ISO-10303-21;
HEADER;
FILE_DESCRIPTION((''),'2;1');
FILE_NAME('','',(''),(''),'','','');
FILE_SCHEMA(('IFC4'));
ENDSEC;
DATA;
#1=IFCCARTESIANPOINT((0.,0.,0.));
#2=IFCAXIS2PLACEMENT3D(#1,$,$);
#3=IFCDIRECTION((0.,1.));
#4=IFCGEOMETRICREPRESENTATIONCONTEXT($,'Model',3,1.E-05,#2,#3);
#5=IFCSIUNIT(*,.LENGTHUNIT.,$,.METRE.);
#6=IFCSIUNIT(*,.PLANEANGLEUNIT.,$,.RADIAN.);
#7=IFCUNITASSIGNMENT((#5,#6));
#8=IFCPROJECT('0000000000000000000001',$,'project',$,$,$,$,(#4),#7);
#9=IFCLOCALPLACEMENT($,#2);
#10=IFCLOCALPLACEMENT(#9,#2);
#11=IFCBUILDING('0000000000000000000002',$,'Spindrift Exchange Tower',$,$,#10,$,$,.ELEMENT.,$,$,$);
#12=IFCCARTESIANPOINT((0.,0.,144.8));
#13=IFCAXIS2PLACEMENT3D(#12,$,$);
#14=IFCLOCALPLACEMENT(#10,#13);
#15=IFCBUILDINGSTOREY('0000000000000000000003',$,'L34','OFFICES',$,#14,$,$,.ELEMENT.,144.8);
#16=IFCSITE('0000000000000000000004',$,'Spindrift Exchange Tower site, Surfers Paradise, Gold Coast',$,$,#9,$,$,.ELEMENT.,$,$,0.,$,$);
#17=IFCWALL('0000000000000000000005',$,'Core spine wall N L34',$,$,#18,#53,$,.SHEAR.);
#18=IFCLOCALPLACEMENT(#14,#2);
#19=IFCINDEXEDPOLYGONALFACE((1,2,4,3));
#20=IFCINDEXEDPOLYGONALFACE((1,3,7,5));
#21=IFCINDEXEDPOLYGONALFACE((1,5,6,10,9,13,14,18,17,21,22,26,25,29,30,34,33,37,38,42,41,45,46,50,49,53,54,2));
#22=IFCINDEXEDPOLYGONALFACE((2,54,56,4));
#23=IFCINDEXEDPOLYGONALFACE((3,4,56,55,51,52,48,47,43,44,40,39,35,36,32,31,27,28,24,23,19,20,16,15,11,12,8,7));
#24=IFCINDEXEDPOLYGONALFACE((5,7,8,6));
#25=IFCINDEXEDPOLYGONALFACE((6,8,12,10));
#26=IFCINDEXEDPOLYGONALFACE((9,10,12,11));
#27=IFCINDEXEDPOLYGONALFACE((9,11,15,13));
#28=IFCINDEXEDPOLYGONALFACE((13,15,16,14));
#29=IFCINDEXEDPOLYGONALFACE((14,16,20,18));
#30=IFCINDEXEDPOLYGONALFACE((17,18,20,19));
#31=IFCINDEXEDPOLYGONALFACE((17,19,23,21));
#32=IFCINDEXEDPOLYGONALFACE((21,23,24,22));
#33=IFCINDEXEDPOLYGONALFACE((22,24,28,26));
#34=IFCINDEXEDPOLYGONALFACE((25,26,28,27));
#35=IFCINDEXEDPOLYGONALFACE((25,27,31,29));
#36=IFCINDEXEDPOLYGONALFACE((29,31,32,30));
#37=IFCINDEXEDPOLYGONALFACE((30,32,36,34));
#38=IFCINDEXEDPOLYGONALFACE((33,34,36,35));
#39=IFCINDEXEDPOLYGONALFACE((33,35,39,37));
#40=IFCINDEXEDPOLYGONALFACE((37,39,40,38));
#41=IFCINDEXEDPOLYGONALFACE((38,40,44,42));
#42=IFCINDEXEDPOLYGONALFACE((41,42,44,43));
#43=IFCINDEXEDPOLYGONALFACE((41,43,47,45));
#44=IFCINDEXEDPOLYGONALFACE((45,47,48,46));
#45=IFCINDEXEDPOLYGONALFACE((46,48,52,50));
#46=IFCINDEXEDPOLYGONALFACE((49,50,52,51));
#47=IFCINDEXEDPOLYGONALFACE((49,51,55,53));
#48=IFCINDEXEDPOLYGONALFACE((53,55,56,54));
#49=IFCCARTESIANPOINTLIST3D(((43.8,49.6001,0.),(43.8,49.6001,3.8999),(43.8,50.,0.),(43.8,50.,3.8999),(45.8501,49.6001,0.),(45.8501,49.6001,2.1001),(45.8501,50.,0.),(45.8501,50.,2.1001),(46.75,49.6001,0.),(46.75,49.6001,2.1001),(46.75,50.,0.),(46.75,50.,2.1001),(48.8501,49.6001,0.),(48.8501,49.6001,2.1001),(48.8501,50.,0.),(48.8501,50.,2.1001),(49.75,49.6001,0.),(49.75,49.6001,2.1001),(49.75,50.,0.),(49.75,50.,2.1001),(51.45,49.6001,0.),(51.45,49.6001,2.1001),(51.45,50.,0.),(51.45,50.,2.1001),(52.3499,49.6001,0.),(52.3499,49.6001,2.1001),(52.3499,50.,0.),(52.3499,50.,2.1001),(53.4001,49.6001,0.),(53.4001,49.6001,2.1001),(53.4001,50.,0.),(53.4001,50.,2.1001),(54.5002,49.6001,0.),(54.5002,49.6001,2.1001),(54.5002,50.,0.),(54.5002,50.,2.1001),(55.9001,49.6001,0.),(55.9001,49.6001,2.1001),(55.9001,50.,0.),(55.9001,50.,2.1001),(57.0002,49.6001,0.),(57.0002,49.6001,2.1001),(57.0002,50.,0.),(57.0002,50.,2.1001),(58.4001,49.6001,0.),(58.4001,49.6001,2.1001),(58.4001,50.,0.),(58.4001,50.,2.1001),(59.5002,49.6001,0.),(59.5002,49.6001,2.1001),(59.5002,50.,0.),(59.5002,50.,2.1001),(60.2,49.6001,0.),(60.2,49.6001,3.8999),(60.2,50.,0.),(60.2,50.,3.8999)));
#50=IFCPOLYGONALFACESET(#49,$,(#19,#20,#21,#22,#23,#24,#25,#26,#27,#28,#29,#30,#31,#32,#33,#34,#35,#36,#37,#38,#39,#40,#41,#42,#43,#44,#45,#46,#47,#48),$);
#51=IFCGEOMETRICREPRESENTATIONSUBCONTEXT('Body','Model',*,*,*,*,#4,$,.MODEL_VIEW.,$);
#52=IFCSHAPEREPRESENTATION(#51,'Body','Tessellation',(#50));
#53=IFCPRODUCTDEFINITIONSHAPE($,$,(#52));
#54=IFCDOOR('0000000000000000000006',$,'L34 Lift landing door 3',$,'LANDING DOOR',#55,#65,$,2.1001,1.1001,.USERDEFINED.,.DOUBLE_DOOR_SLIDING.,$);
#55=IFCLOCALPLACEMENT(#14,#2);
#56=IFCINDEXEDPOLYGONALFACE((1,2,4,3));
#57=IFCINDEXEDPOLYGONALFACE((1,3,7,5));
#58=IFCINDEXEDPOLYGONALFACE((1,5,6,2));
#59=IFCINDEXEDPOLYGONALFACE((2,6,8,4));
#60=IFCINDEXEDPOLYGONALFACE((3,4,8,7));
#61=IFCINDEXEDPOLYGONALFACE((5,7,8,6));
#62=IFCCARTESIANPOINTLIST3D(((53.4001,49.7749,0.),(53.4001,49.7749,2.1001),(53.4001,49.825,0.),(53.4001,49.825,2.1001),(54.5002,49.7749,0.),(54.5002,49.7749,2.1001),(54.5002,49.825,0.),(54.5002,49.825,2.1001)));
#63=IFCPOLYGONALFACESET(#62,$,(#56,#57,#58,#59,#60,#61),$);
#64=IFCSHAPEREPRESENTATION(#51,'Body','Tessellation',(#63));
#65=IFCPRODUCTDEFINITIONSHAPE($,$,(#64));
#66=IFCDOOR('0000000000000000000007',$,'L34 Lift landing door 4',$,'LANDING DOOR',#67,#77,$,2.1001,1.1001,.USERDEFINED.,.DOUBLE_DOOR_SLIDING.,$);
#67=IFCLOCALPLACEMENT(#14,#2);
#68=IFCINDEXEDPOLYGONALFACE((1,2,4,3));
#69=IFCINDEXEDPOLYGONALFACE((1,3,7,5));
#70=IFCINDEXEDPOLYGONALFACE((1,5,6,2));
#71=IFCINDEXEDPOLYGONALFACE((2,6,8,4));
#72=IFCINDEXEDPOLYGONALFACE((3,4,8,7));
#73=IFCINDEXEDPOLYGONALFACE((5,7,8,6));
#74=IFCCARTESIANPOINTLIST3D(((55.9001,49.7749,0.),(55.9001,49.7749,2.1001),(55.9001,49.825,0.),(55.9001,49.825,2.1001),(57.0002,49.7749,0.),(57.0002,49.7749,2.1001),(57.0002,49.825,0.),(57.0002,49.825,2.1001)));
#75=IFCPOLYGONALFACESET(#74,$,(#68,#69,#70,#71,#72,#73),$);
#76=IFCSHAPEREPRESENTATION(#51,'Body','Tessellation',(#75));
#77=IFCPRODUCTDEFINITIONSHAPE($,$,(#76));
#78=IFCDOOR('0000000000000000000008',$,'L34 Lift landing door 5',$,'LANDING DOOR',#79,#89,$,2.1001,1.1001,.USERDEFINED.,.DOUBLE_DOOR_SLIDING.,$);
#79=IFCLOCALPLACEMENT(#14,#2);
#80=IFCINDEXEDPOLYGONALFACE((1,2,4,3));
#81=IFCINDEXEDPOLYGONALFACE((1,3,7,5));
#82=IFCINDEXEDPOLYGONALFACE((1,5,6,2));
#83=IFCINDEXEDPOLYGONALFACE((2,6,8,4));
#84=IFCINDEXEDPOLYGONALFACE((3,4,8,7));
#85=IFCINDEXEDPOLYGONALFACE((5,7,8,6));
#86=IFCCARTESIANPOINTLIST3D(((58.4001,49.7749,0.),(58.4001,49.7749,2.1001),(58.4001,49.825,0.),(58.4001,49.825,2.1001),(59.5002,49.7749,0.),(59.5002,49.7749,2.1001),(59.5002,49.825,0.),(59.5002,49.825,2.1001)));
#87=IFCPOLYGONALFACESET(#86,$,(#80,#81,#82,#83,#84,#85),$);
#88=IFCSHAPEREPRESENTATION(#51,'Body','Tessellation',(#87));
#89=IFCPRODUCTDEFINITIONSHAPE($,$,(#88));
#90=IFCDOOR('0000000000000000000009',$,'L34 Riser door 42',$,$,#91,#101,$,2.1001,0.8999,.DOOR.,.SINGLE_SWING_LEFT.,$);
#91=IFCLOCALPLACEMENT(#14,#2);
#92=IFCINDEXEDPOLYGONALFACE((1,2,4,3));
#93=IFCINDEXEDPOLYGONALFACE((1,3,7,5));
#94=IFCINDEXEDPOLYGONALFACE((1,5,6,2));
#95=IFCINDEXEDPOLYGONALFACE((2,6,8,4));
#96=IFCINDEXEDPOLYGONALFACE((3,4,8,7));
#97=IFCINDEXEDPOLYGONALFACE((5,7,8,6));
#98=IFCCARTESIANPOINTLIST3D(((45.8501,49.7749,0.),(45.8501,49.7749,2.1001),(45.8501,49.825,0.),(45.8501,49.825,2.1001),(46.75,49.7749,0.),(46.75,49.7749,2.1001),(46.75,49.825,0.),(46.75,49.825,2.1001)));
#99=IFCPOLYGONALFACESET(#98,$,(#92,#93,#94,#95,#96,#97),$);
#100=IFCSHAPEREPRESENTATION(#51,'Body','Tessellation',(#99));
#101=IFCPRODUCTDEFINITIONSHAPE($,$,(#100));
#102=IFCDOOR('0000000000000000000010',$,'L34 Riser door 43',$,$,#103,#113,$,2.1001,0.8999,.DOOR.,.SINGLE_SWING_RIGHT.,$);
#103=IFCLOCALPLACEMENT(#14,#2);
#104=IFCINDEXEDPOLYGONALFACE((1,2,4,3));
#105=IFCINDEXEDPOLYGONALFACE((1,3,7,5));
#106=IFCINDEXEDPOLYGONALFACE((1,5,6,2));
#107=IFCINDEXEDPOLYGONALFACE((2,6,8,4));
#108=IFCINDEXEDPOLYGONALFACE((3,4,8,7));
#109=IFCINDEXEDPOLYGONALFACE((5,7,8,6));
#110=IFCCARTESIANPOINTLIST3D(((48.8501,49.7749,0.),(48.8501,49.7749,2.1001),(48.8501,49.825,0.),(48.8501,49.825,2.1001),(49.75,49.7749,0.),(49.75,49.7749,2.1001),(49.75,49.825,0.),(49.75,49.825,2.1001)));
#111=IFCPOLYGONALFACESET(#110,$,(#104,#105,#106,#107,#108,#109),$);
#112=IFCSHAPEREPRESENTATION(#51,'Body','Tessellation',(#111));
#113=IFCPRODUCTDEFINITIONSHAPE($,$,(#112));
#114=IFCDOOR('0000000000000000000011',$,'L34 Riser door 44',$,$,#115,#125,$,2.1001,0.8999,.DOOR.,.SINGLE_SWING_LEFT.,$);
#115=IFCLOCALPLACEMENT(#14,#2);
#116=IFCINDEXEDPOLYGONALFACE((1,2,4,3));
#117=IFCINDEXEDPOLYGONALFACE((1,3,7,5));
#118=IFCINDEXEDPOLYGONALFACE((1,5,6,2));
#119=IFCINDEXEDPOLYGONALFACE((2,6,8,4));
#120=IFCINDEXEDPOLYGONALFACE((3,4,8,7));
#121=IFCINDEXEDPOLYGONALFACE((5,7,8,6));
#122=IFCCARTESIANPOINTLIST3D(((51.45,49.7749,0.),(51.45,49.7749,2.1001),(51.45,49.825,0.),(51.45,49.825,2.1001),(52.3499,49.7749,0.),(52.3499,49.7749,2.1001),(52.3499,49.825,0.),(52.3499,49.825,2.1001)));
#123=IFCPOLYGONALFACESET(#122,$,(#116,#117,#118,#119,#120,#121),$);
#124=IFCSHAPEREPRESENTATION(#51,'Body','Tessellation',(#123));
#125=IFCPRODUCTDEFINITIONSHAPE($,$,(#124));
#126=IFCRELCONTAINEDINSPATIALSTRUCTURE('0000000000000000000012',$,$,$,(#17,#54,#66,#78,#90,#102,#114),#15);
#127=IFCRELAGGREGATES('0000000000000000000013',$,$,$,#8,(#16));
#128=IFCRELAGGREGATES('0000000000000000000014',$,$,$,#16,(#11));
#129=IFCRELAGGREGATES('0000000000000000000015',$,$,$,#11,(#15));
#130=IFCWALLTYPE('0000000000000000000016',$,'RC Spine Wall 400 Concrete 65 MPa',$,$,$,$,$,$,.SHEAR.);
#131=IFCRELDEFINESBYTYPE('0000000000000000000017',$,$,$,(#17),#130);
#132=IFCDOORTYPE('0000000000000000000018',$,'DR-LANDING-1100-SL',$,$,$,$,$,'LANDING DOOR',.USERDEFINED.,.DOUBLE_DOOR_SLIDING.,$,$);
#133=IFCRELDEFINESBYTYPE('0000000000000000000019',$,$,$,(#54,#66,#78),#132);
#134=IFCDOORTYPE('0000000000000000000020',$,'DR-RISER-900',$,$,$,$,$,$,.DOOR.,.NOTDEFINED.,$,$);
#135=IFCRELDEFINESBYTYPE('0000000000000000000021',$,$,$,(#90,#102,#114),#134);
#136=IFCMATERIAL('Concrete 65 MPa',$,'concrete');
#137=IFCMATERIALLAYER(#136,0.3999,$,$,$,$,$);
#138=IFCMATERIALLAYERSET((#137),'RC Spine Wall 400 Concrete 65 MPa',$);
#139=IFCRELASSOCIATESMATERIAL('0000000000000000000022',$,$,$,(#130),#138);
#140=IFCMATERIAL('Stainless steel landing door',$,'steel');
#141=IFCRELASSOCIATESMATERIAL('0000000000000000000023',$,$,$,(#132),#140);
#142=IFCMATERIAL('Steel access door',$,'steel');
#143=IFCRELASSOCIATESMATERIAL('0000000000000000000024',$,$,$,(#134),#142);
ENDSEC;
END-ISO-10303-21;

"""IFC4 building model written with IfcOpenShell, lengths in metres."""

from ifc_helpers import new_model, si_unit, direction, frame, frame_2d, origin, place, context, subcontext, project, spatial, rectangle, extrude, source, transform, mapped, material, layer, layer_set, type_object, element, fill, save


model = new_model("IFC4")

# Units and contexts
model_context = context("Model", 3, precision=1e-05, world=origin(), true_north=direction((0.0, 1.0)))
body_context = subcontext(model_context, "Body", "Model", "MODEL_VIEW")
ifc_project = project(units=[si_unit("LENGTHUNIT", "METRE"), si_unit("PLANEANGLEUNIT", "RADIAN")], contexts=[model_context])

# Site, building, storey
site_placement = place(None, origin())
site = spatial("IfcSite", under=ifc_project, at=site_placement, Name="Spindrift Exchange Tower site, Surfers Paradise, Gold Coast", CompositionType="ELEMENT", RefElevation=0.0)
building_placement = place(site_placement, origin())
building = spatial("IfcBuilding", under=site, at=building_placement, Name="Spindrift Exchange Tower", CompositionType="ELEMENT")
storey_placement = place(building_placement, frame((0.0, 0.0, 144.8)))
storey = spatial("IfcBuildingStorey", under=building, at=storey_placement, Name="L34", Description="OFFICES", CompositionType="ELEMENT", Elevation=144.8)

# Wall, openings, doors
ifc_material_1 = material(Name="Concrete 65 MPa", Category="concrete")
ifc_layer_1 = layer(ifc_material_1, 0.3999)
ifc_layer_set_1 = layer_set([ifc_layer_1], Name="RC Spine Wall 400 Concrete 65 MPa")
wall_type_1 = type_object("IfcWallType", Name="RC Spine Wall 400 Concrete 65 MPa", PredefinedType="SHEAR", material=ifc_layer_set_1)
wall_1_placement = place(storey_placement, frame((43.8, 49.8, 0.0), z_axis=(0.0, 0.0, 1.0), x_axis=(1.0, 0.0, 0.0)))
wall_1 = element("IfcWall", 1, at=wall_1_placement, inside=storey, type_object=wall_type_1, Name="Core spine wall N L34", PredefinedType="SHEAR", context=body_context, shape_type="SweptSolid", body=[
    extrude(rectangle(XDim=16.3999, YDim=0.3999, at=frame_2d((8.2, 0.0))), origin(), (0.0, 0.0, 1.0), 3.8999),
])
opening_1_placement = place(wall_1_placement, frame((9.6001, 0.0, 0.0)))
opening_1 = element("IfcOpeningElement", 2, at=opening_1_placement, cuts=wall_1, PredefinedType="OPENING", context=body_context, shape_type="SweptSolid", body=[
    extrude(rectangle(XDim=1.1001, YDim=2.1001, at=frame_2d((0.55, 1.05))), frame((0.0, 0.21, 0.0), z_axis=(0.0, -1.0, 0.0), x_axis=(1.0, 0.0, 0.0)), (0.0, 0.0, 1.0), 0.4199),
])
opening_2_placement = place(wall_1_placement, frame((12.1001, 0.0, 0.0)))
opening_2 = element("IfcOpeningElement", 3, at=opening_2_placement, cuts=wall_1, PredefinedType="OPENING", context=body_context, shape_type="SweptSolid", body=[
    extrude(rectangle(XDim=1.1001, YDim=2.1001, at=frame_2d((0.55, 1.05))), frame((0.0, 0.21, 0.0), z_axis=(0.0, -1.0, 0.0), x_axis=(1.0, 0.0, 0.0)), (0.0, 0.0, 1.0), 0.4199),
])
opening_3_placement = place(wall_1_placement, frame((14.6001, 0.0, 0.0)))
opening_3 = element("IfcOpeningElement", 4, at=opening_3_placement, cuts=wall_1, PredefinedType="OPENING", context=body_context, shape_type="SweptSolid", body=[
    extrude(rectangle(XDim=1.1001, YDim=2.1001, at=frame_2d((0.55, 1.05))), frame((0.0, 0.21, 0.0), z_axis=(0.0, -1.0, 0.0), x_axis=(1.0, 0.0, 0.0)), (0.0, 0.0, 1.0), 0.4199),
])
opening_4_placement = place(wall_1_placement, frame((2.05, 0.0, 0.0)))
opening_4 = element("IfcOpeningElement", 5, at=opening_4_placement, cuts=wall_1, PredefinedType="OPENING", context=body_context, shape_type="SweptSolid", body=[
    extrude(rectangle(XDim=0.8999, YDim=2.1001, at=frame_2d((0.45, 1.05))), frame((0.0, 0.21, 0.0), z_axis=(0.0, -1.0, 0.0), x_axis=(1.0, 0.0, 0.0)), (0.0, 0.0, 1.0), 0.4199),
])
opening_5_placement = place(wall_1_placement, frame((5.05, 0.0, 0.0)))
opening_5 = element("IfcOpeningElement", 6, at=opening_5_placement, cuts=wall_1, PredefinedType="OPENING", context=body_context, shape_type="SweptSolid", body=[
    extrude(rectangle(XDim=0.8999, YDim=2.1001, at=frame_2d((0.45, 1.05))), frame((0.0, 0.21, 0.0), z_axis=(0.0, -1.0, 0.0), x_axis=(1.0, 0.0, 0.0)), (0.0, 0.0, 1.0), 0.4199),
])
opening_6_placement = place(wall_1_placement, frame((7.6499, 0.0, 0.0)))
opening_6 = element("IfcOpeningElement", 7, at=opening_6_placement, cuts=wall_1, PredefinedType="OPENING", context=body_context, shape_type="SweptSolid", body=[
    extrude(rectangle(XDim=0.8999, YDim=2.1001, at=frame_2d((0.45, 1.05))), frame((0.0, 0.21, 0.0), z_axis=(0.0, -1.0, 0.0), x_axis=(1.0, 0.0, 0.0)), (0.0, 0.0, 1.0), 0.4199),
])
ifc_material_2 = material(Name="Stainless steel landing door", Category="steel")
door_type_1 = type_object("IfcDoorType", Name="DR-LANDING-1100-SL", ElementType="LANDING DOOR", OperationType="DOUBLE_DOOR_SLIDING", PredefinedType="USERDEFINED", material=ifc_material_2)
shared_shape_1 = source(origin(), body_context, "Body", "SweptSolid", [
    extrude(rectangle(XDim=1.1001, YDim=2.1001, at=frame_2d((0.55, 1.05))), frame((0.0, 0.0249, 0.0), z_axis=(0.0, -1.0, 0.0), x_axis=(1.0, 0.0, 0.0)), (0.0, 0.0, 1.0), 0.05),
])
door_1_placement = place(opening_1_placement, origin())
door_1 = element("IfcDoor", 8, at=door_1_placement, inside=storey, type_object=door_type_1, Name="L34 Lift landing door 3", ObjectType="LANDING DOOR", OperationType="DOUBLE_DOOR_SLIDING", OverallHeight=2.1001, OverallWidth=1.1001, PredefinedType="USERDEFINED", context=body_context, shape_type="MappedRepresentation", body=[
    mapped(shared_shape_1, transform((0.0, 0.0, 0.0), scale=1.0)),
])
fill(opening_1, door_1)
door_2_placement = place(opening_2_placement, origin())
door_2 = element("IfcDoor", 9, at=door_2_placement, inside=storey, type_object=door_type_1, Name="L34 Lift landing door 4", ObjectType="LANDING DOOR", OperationType="DOUBLE_DOOR_SLIDING", OverallHeight=2.1001, OverallWidth=1.1001, PredefinedType="USERDEFINED", context=body_context, shape_type="MappedRepresentation", body=[
    mapped(shared_shape_1, transform((0.0, 0.0, 0.0), scale=1.0)),
])
fill(opening_2, door_2)
door_3_placement = place(opening_3_placement, origin())
door_3 = element("IfcDoor", 10, at=door_3_placement, inside=storey, type_object=door_type_1, Name="L34 Lift landing door 5", ObjectType="LANDING DOOR", OperationType="DOUBLE_DOOR_SLIDING", OverallHeight=2.1001, OverallWidth=1.1001, PredefinedType="USERDEFINED", context=body_context, shape_type="MappedRepresentation", body=[
    mapped(shared_shape_1, transform((0.0, 0.0, 0.0), scale=1.0)),
])
fill(opening_3, door_3)
ifc_material_3 = material(Name="Steel access door", Category="steel")
door_type_2 = type_object("IfcDoorType", Name="DR-RISER-900", OperationType="NOTDEFINED", PredefinedType="DOOR", material=ifc_material_3)
shared_shape_2 = source(origin(), body_context, "Body", "SweptSolid", [
    extrude(rectangle(XDim=0.8999, YDim=2.1001, at=frame_2d((0.45, 1.05))), frame((0.0, 0.0249, 0.0), z_axis=(0.0, -1.0, 0.0), x_axis=(1.0, 0.0, 0.0)), (0.0, 0.0, 1.0), 0.05),
])
door_4_placement = place(opening_4_placement, origin())
door_4 = element("IfcDoor", 11, at=door_4_placement, inside=storey, type_object=door_type_2, Name="L34 Riser door 42", OperationType="SINGLE_SWING_LEFT", OverallHeight=2.1001, OverallWidth=0.8999, PredefinedType="DOOR", context=body_context, shape_type="MappedRepresentation", body=[
    mapped(shared_shape_2, transform((0.0, 0.0, 0.0), scale=1.0)),
])
fill(opening_4, door_4)
door_5_placement = place(opening_5_placement, origin())
door_5 = element("IfcDoor", 12, at=door_5_placement, inside=storey, type_object=door_type_2, Name="L34 Riser door 43", OperationType="SINGLE_SWING_RIGHT", OverallHeight=2.1001, OverallWidth=0.8999, PredefinedType="DOOR", context=body_context, shape_type="MappedRepresentation", body=[
    mapped(shared_shape_2, transform((0.0, 0.0, 0.0), scale=1.0)),
])
fill(opening_5, door_5)
door_6_placement = place(opening_6_placement, origin())
door_6 = element("IfcDoor", 13, at=door_6_placement, inside=storey, type_object=door_type_2, Name="L34 Riser door 44", OperationType="SINGLE_SWING_LEFT", OverallHeight=2.1001, OverallWidth=0.8999, PredefinedType="DOOR", context=body_context, shape_type="MappedRepresentation", body=[
    mapped(shared_shape_2, transform((0.0, 0.0, 0.0), scale=1.0)),
])
fill(opening_6, door_6)

save(model, "model.ifc")
